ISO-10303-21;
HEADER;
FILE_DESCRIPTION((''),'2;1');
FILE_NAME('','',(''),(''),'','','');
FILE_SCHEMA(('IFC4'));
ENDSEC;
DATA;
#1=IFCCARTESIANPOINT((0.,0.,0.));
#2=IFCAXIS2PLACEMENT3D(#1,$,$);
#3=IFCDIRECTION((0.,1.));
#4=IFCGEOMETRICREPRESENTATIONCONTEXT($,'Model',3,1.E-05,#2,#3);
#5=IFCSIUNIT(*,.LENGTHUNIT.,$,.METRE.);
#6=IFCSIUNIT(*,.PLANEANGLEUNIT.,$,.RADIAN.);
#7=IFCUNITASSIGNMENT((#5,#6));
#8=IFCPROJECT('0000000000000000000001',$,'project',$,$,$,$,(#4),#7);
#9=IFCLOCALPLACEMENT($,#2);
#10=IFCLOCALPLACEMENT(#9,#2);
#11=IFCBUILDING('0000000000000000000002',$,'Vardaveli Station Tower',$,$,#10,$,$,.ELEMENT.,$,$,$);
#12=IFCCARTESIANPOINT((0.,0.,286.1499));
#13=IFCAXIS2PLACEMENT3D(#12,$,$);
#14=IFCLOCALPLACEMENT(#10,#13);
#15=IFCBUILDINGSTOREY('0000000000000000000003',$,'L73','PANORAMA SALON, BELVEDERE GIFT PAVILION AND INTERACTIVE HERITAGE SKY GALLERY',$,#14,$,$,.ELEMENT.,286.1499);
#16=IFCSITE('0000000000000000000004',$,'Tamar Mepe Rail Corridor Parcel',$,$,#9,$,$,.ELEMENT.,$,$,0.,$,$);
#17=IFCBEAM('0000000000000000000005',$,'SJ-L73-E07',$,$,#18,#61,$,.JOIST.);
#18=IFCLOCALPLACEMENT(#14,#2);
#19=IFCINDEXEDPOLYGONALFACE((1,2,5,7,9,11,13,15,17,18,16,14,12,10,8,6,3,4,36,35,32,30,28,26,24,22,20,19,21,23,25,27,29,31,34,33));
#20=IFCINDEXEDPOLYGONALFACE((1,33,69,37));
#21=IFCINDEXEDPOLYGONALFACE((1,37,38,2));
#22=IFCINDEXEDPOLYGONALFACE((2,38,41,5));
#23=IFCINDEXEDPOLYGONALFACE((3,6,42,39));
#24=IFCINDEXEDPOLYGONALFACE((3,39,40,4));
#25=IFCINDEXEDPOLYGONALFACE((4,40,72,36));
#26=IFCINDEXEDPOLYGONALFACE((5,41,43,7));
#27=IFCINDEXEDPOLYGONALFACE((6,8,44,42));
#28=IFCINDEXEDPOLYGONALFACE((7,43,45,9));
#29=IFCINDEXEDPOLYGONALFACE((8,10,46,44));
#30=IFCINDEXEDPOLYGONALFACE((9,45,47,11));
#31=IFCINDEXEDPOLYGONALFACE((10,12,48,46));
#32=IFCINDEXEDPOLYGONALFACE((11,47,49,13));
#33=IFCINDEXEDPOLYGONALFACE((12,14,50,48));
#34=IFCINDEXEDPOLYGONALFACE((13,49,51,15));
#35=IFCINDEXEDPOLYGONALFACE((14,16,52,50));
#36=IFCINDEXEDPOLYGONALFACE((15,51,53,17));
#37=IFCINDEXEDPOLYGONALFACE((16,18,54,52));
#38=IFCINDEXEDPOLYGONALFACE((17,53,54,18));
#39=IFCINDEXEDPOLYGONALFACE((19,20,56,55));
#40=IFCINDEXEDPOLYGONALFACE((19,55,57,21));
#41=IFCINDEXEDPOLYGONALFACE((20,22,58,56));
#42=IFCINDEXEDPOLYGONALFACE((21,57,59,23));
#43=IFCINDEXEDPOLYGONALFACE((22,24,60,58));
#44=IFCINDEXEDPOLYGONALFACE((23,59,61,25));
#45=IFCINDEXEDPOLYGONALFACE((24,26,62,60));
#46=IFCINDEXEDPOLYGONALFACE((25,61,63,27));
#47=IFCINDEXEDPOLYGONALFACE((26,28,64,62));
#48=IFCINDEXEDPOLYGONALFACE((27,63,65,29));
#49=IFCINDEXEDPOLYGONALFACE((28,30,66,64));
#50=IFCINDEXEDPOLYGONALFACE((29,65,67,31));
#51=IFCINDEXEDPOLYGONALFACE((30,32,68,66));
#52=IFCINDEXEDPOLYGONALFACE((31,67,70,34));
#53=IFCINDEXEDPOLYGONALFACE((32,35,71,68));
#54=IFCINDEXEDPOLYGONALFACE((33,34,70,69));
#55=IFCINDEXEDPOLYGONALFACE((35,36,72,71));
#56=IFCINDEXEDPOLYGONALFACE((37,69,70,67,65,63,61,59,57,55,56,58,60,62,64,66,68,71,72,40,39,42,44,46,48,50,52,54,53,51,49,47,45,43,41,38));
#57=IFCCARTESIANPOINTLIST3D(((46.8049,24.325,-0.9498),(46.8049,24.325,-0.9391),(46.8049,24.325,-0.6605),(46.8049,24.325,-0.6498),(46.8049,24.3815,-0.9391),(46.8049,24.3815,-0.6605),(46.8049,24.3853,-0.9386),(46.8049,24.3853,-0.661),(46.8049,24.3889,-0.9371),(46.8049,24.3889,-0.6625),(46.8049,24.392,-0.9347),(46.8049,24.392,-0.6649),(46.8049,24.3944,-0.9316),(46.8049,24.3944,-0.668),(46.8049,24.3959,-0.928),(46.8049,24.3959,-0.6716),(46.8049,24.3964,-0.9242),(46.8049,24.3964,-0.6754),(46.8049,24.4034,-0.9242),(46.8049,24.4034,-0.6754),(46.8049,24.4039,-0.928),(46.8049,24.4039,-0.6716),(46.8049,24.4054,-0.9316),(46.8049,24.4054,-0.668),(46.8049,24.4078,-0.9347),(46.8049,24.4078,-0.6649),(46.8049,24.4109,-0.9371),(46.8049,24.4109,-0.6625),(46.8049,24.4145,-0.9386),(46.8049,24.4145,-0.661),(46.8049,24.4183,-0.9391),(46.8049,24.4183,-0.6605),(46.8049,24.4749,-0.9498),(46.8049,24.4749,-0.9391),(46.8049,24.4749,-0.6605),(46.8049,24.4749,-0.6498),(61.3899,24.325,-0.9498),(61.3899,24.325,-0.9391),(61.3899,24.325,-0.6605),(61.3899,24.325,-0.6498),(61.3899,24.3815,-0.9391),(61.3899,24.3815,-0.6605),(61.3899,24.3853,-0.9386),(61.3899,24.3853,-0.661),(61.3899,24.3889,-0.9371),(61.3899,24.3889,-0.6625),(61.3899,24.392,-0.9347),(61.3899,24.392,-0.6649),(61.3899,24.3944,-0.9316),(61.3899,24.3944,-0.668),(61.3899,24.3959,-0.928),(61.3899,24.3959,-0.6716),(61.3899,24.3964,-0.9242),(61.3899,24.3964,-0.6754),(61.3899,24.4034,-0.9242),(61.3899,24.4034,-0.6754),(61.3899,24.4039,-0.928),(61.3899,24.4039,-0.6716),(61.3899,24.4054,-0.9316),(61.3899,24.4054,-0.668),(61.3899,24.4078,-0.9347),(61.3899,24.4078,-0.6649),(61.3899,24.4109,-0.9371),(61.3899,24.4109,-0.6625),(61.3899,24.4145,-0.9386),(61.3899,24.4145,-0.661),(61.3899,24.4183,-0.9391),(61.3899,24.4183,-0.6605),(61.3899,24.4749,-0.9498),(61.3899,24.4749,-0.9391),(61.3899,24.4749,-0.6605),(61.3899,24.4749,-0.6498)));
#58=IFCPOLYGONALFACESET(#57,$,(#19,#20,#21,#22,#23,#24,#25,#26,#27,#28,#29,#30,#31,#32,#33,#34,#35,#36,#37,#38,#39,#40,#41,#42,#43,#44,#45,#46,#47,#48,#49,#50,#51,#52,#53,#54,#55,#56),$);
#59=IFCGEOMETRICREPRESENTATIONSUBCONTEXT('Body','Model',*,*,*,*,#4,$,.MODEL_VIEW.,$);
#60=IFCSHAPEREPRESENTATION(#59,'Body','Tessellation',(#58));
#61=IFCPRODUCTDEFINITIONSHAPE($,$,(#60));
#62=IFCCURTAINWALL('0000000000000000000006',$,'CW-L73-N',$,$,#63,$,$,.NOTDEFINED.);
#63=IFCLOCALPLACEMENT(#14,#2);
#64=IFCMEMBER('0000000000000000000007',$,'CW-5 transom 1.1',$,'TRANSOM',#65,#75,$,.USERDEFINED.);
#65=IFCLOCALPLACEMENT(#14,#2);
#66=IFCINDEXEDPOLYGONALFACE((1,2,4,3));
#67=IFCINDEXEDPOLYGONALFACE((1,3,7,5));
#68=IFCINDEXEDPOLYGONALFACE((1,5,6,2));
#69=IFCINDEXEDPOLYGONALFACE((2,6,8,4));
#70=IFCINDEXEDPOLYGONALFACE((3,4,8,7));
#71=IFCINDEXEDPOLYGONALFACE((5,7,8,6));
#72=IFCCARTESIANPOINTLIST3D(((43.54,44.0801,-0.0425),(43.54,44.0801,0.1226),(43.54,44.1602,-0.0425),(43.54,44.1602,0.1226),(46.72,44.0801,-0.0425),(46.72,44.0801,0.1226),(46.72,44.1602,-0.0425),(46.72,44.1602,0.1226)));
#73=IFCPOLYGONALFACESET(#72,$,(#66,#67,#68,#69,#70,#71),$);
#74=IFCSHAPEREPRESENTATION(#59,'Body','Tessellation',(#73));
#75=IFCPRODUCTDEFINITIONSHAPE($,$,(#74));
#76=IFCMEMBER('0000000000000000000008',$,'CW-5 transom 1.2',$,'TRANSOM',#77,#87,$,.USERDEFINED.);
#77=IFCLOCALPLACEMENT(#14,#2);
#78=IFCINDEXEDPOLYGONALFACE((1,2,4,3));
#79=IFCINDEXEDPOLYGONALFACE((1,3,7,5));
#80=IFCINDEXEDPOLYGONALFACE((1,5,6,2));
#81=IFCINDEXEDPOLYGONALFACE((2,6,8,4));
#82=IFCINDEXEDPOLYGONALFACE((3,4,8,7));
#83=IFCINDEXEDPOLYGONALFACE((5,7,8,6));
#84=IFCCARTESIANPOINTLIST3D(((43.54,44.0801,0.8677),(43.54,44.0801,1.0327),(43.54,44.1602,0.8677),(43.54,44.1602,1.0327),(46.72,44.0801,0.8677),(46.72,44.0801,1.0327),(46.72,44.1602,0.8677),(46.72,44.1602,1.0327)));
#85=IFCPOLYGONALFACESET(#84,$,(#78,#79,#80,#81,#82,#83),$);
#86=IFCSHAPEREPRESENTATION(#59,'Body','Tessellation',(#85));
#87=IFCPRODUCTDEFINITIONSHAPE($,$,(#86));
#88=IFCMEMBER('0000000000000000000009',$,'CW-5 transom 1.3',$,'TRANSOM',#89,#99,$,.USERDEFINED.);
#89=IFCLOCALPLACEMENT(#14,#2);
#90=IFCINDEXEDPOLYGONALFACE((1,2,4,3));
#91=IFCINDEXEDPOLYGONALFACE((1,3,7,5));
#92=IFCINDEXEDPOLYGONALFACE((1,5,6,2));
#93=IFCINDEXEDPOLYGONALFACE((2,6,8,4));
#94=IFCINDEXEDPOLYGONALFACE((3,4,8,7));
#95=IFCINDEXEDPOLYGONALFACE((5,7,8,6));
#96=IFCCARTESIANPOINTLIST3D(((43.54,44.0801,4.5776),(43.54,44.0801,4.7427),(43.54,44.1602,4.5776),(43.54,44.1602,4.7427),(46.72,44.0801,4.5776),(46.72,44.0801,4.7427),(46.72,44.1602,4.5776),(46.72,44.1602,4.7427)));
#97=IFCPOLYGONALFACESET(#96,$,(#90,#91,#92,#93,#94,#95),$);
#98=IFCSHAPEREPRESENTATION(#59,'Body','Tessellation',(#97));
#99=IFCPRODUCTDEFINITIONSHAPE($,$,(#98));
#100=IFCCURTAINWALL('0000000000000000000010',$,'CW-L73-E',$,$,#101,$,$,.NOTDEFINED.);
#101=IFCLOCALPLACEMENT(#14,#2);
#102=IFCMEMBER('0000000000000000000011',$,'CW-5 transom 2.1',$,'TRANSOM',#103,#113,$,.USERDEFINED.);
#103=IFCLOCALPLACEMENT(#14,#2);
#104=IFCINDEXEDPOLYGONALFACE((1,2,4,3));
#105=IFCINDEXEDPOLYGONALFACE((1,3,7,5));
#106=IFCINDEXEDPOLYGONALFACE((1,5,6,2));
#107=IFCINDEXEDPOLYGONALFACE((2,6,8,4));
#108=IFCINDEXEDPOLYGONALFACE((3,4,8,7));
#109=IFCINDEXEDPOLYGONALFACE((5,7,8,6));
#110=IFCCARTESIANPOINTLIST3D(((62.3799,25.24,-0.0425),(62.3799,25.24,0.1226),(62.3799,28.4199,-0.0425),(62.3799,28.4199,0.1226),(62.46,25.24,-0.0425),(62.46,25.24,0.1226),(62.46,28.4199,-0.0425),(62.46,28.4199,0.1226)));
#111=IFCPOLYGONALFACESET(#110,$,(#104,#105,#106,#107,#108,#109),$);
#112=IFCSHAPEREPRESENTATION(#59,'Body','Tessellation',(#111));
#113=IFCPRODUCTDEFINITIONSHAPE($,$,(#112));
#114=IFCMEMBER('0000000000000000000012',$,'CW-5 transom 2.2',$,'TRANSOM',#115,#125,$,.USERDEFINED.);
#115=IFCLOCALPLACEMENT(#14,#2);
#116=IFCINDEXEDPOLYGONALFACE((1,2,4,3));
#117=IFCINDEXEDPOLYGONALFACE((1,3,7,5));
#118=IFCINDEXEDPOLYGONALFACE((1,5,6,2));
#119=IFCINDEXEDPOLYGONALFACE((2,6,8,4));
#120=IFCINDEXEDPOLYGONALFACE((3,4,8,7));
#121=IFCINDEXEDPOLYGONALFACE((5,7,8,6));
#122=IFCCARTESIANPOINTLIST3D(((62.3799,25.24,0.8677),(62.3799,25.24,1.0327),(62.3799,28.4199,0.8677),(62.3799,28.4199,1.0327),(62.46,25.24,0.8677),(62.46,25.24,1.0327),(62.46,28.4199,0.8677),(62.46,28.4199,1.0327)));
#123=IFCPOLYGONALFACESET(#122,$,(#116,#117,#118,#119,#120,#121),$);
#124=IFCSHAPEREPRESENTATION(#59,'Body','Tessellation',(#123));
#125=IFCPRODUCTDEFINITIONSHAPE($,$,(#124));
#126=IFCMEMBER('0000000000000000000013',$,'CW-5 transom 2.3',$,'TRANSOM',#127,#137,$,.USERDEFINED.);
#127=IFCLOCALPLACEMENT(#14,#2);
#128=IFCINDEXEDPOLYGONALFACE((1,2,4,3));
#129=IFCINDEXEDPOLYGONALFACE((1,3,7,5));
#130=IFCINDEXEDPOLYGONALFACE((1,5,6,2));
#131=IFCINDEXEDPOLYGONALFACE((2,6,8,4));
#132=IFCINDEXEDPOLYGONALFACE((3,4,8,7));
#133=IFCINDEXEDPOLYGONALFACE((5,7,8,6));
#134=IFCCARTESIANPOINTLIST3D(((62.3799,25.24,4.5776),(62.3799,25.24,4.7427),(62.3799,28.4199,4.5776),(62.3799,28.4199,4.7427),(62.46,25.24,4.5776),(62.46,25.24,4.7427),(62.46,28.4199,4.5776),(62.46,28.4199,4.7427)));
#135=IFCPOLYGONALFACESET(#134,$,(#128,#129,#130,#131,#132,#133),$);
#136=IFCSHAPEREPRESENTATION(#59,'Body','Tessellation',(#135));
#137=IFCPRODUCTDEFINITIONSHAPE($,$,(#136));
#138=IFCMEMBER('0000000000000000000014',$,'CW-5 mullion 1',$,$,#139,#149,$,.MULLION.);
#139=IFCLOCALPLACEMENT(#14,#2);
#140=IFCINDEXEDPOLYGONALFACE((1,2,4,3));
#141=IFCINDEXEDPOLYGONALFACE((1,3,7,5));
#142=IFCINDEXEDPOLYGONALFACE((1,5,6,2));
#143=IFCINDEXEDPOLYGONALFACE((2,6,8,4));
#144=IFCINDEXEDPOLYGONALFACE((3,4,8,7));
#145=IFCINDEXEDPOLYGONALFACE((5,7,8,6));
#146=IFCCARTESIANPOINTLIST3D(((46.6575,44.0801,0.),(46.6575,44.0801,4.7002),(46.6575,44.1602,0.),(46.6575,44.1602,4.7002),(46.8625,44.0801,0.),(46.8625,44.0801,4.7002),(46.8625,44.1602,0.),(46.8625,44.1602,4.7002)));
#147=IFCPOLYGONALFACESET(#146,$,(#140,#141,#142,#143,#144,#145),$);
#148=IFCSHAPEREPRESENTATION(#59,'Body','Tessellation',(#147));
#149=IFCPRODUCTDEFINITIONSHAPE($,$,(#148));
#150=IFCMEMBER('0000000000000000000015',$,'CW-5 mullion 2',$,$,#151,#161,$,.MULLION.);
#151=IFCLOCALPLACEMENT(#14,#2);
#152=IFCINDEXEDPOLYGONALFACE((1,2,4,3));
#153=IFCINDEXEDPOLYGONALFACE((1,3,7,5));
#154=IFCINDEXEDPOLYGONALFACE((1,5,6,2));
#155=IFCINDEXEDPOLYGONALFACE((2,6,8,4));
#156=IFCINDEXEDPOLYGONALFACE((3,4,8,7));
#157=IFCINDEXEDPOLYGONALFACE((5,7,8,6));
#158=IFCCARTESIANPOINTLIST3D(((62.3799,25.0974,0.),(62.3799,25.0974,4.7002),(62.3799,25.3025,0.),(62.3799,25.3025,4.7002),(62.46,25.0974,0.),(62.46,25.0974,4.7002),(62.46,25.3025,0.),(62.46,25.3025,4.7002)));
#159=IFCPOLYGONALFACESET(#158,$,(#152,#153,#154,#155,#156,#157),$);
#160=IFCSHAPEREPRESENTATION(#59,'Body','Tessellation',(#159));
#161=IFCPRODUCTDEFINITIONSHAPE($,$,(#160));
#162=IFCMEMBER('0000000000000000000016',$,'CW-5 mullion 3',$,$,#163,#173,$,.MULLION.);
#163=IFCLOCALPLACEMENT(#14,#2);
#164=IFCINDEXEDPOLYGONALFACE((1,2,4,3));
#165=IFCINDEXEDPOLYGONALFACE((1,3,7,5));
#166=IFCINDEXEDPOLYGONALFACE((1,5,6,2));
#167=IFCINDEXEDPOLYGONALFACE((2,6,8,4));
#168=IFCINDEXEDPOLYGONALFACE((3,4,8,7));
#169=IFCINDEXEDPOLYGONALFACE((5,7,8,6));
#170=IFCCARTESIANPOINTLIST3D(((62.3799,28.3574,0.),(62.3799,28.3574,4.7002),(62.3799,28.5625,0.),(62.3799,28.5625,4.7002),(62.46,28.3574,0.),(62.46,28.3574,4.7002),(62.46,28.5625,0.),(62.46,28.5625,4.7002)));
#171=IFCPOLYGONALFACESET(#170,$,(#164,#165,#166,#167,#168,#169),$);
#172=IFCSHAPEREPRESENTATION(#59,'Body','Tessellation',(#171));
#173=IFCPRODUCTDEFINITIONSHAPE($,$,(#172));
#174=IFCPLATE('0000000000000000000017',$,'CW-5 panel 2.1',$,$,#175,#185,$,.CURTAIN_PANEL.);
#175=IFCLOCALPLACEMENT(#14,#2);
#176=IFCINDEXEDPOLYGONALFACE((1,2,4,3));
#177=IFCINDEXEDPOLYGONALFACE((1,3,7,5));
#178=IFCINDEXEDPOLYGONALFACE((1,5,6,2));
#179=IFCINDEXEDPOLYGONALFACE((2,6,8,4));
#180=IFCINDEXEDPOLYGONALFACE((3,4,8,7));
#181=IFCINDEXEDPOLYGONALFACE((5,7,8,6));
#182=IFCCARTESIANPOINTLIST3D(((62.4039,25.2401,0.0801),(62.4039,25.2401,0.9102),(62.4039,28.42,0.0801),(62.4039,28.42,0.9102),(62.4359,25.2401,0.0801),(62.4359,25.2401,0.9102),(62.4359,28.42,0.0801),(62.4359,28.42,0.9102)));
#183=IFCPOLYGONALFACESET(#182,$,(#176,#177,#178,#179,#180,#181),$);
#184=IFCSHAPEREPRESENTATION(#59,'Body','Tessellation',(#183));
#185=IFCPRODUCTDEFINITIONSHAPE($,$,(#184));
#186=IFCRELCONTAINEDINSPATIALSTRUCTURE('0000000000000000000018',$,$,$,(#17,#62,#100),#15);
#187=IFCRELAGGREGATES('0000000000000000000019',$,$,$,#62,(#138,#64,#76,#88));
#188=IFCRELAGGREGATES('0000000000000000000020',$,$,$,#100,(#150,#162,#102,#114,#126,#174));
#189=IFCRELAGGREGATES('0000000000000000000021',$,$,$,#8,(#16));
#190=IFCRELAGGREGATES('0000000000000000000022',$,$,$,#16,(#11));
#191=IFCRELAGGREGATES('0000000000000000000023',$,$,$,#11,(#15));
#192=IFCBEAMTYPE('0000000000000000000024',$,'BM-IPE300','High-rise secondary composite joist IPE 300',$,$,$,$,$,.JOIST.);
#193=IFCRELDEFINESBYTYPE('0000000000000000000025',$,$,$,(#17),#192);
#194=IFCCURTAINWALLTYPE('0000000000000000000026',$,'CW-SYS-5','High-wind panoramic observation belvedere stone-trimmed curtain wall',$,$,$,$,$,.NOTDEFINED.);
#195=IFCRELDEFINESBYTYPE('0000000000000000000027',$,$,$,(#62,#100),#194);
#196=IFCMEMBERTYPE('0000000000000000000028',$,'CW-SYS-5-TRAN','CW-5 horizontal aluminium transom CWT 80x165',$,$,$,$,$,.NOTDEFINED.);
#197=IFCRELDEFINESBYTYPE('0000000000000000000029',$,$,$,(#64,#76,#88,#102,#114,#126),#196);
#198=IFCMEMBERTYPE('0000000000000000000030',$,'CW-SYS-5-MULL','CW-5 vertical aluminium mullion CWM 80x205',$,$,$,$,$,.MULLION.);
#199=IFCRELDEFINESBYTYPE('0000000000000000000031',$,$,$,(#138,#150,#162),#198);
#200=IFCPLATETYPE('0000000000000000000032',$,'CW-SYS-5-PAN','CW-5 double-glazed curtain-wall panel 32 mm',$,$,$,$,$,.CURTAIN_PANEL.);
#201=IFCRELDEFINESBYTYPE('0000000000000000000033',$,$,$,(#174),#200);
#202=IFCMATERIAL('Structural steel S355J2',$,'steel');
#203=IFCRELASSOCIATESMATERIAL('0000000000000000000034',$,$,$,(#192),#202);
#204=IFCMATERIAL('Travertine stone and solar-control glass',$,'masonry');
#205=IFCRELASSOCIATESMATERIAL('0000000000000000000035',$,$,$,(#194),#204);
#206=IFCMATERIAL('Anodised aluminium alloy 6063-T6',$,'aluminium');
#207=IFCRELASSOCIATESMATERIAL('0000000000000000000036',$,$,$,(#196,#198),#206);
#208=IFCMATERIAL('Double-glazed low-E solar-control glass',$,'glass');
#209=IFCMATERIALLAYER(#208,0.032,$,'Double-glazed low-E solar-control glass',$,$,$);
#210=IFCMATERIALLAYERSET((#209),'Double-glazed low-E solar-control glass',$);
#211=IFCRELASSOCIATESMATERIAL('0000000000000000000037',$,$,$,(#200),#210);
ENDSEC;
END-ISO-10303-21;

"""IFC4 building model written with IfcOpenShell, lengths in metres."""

from ifc_helpers import new_model, si_unit, direction, frame, origin, origin_2d, place, context, subcontext, project, spatial, rectangle, i_section, extrude, source, transform, mapped, material, layer, layer_set, material_profile, profile_set, type_object, element, aggregate, save


model = new_model("IFC4")

# Units and contexts
model_context = context("Model", 3, precision=1e-05, world=origin(), true_north=direction((0.0, 1.0)))
body_context = subcontext(model_context, "Body", "Model", "MODEL_VIEW")
ifc_project = project(units=[si_unit("LENGTHUNIT", "METRE"), si_unit("PLANEANGLEUNIT", "RADIAN")], contexts=[model_context])

# Site, building, storey
site_placement = place(None, origin())
site = spatial("IfcSite", under=ifc_project, at=site_placement, Name="Tamar Mepe Rail Corridor Parcel", CompositionType="ELEMENT", RefElevation=0.0)
building_placement = place(site_placement, origin())
building = spatial("IfcBuilding", under=site, at=building_placement, Name="Vardaveli Station Tower", CompositionType="ELEMENT")
storey_placement = place(building_placement, frame((0.0, 0.0, 286.1499)))
storey = spatial("IfcBuildingStorey", under=building, at=storey_placement, Name="L73", Description="PANORAMA SALON, BELVEDERE GIFT PAVILION AND INTERACTIVE HERITAGE SKY GALLERY", CompositionType="ELEMENT", Elevation=286.1499)

# Shared definitions
ifc_material_1 = material(Name="Structural steel S355J2", Category="steel")

# Beam
ifc_material_profile_1 = material_profile(ifc_material_1, i_section(OverallWidth=0.1499, OverallDepth=0.3, WebThickness=0.0071, FlangeThickness=0.0107, FilletRadius=0.0149, at=origin_2d()), Name="IPE 300")
ifc_profile_set_1 = profile_set([ifc_material_profile_1], Name="Structural steel S355J2")
beam_type_1 = type_object("IfcBeamType", Name="BM-IPE300", Description="High-rise secondary composite joist IPE 300", PredefinedType="JOIST", material=ifc_profile_set_1)
shared_shape_1 = source(origin(), body_context, "Body", "SweptSolid", [
    extrude(i_section(OverallWidth=0.1499, OverallDepth=0.3, WebThickness=0.0071, FlangeThickness=0.0107, FilletRadius=0.0149, at=origin_2d()), origin(), (0.0, 0.0, 1.0), 14.585),
])
beam_1_placement = place(storey_placement, frame((46.8049, 24.3999, -0.7998), z_axis=(1.0, 0.0, 0.0), x_axis=(0.0, 1.0, 0.0)))
element("IfcBeam", 1, at=beam_1_placement, inside=storey, type_object=beam_type_1, Name="SJ-L73-E07", PredefinedType="JOIST", context=body_context, shape_type="MappedRepresentation", body=[
    mapped(shared_shape_1, transform((0.0, 0.0, 0.0), scale=1.0)),
])

# Curtain walls, members
ifc_material_2 = material(Name="Travertine stone and solar-control glass", Category="masonry")
curtain_wall_type = type_object("IfcCurtainWallType", Name="CW-SYS-5", Description="High-wind panoramic observation belvedere stone-trimmed curtain wall", PredefinedType="NOTDEFINED", material=ifc_material_2)
curtain_wall_1_placement = place(storey_placement, origin())
curtain_wall_1 = element("IfcCurtainWall", 2, at=curtain_wall_1_placement, inside=storey, type_object=curtain_wall_type, Name="CW-L73-N", PredefinedType="NOTDEFINED")
ifc_material_3 = material(Name="Anodised aluminium alloy 6063-T6", Category="aluminium")
ifc_material_profile_2 = material_profile(ifc_material_3, rectangle(XDim=0.0801, YDim=0.165, at=origin_2d()), Name="CWT 80x165")
ifc_profile_set_2 = profile_set([ifc_material_profile_2], Name="Anodised aluminium alloy 6063-T6")
member_type_1 = type_object("IfcMemberType", Name="CW-SYS-5-TRAN", Description="CW-5 horizontal aluminium transom CWT 80x165", PredefinedType="NOTDEFINED", material=ifc_profile_set_2)
shared_shape_2 = source(origin(), body_context, "Body", "SweptSolid", [
    extrude(rectangle(XDim=0.0801, YDim=0.165, at=origin_2d()), origin(), (0.0, 0.0, 1.0), 3.1799),
])
member_1_placement = place(storey_placement, frame((46.72, 44.1201, 0.04), z_axis=(-1.0, 0.0, 0.0), x_axis=(0.0, -1.0, 0.0)))
member_1 = element("IfcMember", 3, at=member_1_placement, type_object=member_type_1, Name="CW-5 transom 1.1", ObjectType="TRANSOM", PredefinedType="USERDEFINED", context=body_context, shape_type="MappedRepresentation", body=[
    mapped(shared_shape_2, transform((0.0, 0.0, 0.0), scale=1.0)),
])
member_2_placement = place(storey_placement, frame((46.72, 44.1201, 0.9502), z_axis=(-1.0, 0.0, 0.0), x_axis=(0.0, -1.0, 0.0)))
member_2 = element("IfcMember", 4, at=member_2_placement, type_object=member_type_1, Name="CW-5 transom 1.2", ObjectType="TRANSOM", PredefinedType="USERDEFINED", context=body_context, shape_type="MappedRepresentation", body=[
    mapped(shared_shape_2, transform((0.0, 0.0, 0.0), scale=1.0)),
])
member_3_placement = place(storey_placement, frame((46.72, 44.1201, 4.6602), z_axis=(-1.0, 0.0, 0.0), x_axis=(0.0, -1.0, 0.0)))
member_3 = element("IfcMember", 5, at=member_3_placement, type_object=member_type_1, Name="CW-5 transom 1.3", ObjectType="TRANSOM", PredefinedType="USERDEFINED", context=body_context, shape_type="MappedRepresentation", body=[
    mapped(shared_shape_2, transform((0.0, 0.0, 0.0), scale=1.0)),
])
curtain_wall_2_placement = place(storey_placement, origin())
curtain_wall_2 = element("IfcCurtainWall", 6, at=curtain_wall_2_placement, inside=storey, type_object=curtain_wall_type, Name="CW-L73-E", PredefinedType="NOTDEFINED")
member_4_placement = place(storey_placement, frame((62.4199, 25.24, 0.04), z_axis=(0.0, 1.0, 0.0), x_axis=(-1.0, 0.0, 0.0)))
member_4 = element("IfcMember", 7, at=member_4_placement, type_object=member_type_1, Name="CW-5 transom 2.1", ObjectType="TRANSOM", PredefinedType="USERDEFINED", context=body_context, shape_type="MappedRepresentation", body=[
    mapped(shared_shape_2, transform((0.0, 0.0, 0.0), scale=1.0)),
])
member_5_placement = place(storey_placement, frame((62.4199, 25.24, 0.9502), z_axis=(0.0, 1.0, 0.0), x_axis=(-1.0, 0.0, 0.0)))
member_5 = element("IfcMember", 8, at=member_5_placement, type_object=member_type_1, Name="CW-5 transom 2.2", ObjectType="TRANSOM", PredefinedType="USERDEFINED", context=body_context, shape_type="MappedRepresentation", body=[
    mapped(shared_shape_2, transform((0.0, 0.0, 0.0), scale=1.0)),
])
member_6_placement = place(storey_placement, frame((62.4199, 25.24, 4.6602), z_axis=(0.0, 1.0, 0.0), x_axis=(-1.0, 0.0, 0.0)))
member_6 = element("IfcMember", 9, at=member_6_placement, type_object=member_type_1, Name="CW-5 transom 2.3", ObjectType="TRANSOM", PredefinedType="USERDEFINED", context=body_context, shape_type="MappedRepresentation", body=[
    mapped(shared_shape_2, transform((0.0, 0.0, 0.0), scale=1.0)),
])

# Members
ifc_material_profile_3 = material_profile(ifc_material_3, rectangle(XDim=0.0801, YDim=0.2051, at=origin_2d()), Name="CWM 80x205")
ifc_profile_set_3 = profile_set([ifc_material_profile_3], Name="Anodised aluminium alloy 6063-T6")
member_type_2 = type_object("IfcMemberType", Name="CW-SYS-5-MULL", Description="CW-5 vertical aluminium mullion CWM 80x205", PredefinedType="MULLION", material=ifc_profile_set_3)
shared_shape_3 = source(origin(), body_context, "Body", "SweptSolid", [
    extrude(rectangle(XDim=0.0801, YDim=0.2051, at=origin_2d()), origin(), (0.0, 0.0, 1.0), 4.7002),
])
member_7_placement = place(storey_placement, frame((46.76, 44.1201, 0.0), z_axis=(0.0, 0.0, 1.0), x_axis=(0.0, -1.0, 0.0)))
member_7 = element("IfcMember", 10, at=member_7_placement, type_object=member_type_2, Name="CW-5 mullion 1", PredefinedType="MULLION", context=body_context, shape_type="MappedRepresentation", body=[
    mapped(shared_shape_3, transform((0.0, 0.0, 0.0), scale=1.0)),
])
aggregate(curtain_wall_1, [member_7, member_1, member_2, member_3])
member_8_placement = place(storey_placement, frame((62.4199, 25.2, 0.0), z_axis=(0.0, 0.0, 1.0), x_axis=(-1.0, 0.0, 0.0)))
member_8 = element("IfcMember", 11, at=member_8_placement, type_object=member_type_2, Name="CW-5 mullion 2", PredefinedType="MULLION", context=body_context, shape_type="MappedRepresentation", body=[
    mapped(shared_shape_3, transform((0.0, 0.0, 0.0), scale=1.0)),
])
member_9_placement = place(storey_placement, frame((62.4199, 28.46, 0.0), z_axis=(0.0, 0.0, 1.0), x_axis=(-1.0, 0.0, 0.0)))
member_9 = element("IfcMember", 12, at=member_9_placement, type_object=member_type_2, Name="CW-5 mullion 3", PredefinedType="MULLION", context=body_context, shape_type="MappedRepresentation", body=[
    mapped(shared_shape_3, transform((0.0, 0.0, 0.0), scale=1.0)),
])

# Plate
ifc_material_4 = material(Name="Double-glazed low-E solar-control glass", Category="glass")
ifc_layer_1 = layer(ifc_material_4, 0.032, Name="Double-glazed low-E solar-control glass")
ifc_layer_set_1 = layer_set([ifc_layer_1], Name="Double-glazed low-E solar-control glass")
plate_type = type_object("IfcPlateType", Name="CW-SYS-5-PAN", Description="CW-5 double-glazed curtain-wall panel 32 mm", PredefinedType="CURTAIN_PANEL", material=ifc_layer_set_1)
shared_shape_4 = source(origin(), body_context, "Body", "SweptSolid", [
    extrude(rectangle(XDim=3.1799, YDim=0.032, at=origin_2d()), origin(), (0.0, 0.0, 1.0), 0.8301),
])
plate_1_placement = place(storey_placement, frame((62.4199, 26.8301, 0.0801), z_axis=(0.0, 0.0, 1.0), x_axis=(0.0, 1.0, 0.0)))
plate_1 = element("IfcPlate", 13, at=plate_1_placement, type_object=plate_type, Name="CW-5 panel 2.1", PredefinedType="CURTAIN_PANEL", context=body_context, shape_type="MappedRepresentation", body=[
    mapped(shared_shape_4, transform((0.0, 0.0, 0.0), scale=1.0)),
])
aggregate(curtain_wall_2, [member_8, member_9, member_4, member_5, member_6, plate_1])

save(model, "model.ifc")
